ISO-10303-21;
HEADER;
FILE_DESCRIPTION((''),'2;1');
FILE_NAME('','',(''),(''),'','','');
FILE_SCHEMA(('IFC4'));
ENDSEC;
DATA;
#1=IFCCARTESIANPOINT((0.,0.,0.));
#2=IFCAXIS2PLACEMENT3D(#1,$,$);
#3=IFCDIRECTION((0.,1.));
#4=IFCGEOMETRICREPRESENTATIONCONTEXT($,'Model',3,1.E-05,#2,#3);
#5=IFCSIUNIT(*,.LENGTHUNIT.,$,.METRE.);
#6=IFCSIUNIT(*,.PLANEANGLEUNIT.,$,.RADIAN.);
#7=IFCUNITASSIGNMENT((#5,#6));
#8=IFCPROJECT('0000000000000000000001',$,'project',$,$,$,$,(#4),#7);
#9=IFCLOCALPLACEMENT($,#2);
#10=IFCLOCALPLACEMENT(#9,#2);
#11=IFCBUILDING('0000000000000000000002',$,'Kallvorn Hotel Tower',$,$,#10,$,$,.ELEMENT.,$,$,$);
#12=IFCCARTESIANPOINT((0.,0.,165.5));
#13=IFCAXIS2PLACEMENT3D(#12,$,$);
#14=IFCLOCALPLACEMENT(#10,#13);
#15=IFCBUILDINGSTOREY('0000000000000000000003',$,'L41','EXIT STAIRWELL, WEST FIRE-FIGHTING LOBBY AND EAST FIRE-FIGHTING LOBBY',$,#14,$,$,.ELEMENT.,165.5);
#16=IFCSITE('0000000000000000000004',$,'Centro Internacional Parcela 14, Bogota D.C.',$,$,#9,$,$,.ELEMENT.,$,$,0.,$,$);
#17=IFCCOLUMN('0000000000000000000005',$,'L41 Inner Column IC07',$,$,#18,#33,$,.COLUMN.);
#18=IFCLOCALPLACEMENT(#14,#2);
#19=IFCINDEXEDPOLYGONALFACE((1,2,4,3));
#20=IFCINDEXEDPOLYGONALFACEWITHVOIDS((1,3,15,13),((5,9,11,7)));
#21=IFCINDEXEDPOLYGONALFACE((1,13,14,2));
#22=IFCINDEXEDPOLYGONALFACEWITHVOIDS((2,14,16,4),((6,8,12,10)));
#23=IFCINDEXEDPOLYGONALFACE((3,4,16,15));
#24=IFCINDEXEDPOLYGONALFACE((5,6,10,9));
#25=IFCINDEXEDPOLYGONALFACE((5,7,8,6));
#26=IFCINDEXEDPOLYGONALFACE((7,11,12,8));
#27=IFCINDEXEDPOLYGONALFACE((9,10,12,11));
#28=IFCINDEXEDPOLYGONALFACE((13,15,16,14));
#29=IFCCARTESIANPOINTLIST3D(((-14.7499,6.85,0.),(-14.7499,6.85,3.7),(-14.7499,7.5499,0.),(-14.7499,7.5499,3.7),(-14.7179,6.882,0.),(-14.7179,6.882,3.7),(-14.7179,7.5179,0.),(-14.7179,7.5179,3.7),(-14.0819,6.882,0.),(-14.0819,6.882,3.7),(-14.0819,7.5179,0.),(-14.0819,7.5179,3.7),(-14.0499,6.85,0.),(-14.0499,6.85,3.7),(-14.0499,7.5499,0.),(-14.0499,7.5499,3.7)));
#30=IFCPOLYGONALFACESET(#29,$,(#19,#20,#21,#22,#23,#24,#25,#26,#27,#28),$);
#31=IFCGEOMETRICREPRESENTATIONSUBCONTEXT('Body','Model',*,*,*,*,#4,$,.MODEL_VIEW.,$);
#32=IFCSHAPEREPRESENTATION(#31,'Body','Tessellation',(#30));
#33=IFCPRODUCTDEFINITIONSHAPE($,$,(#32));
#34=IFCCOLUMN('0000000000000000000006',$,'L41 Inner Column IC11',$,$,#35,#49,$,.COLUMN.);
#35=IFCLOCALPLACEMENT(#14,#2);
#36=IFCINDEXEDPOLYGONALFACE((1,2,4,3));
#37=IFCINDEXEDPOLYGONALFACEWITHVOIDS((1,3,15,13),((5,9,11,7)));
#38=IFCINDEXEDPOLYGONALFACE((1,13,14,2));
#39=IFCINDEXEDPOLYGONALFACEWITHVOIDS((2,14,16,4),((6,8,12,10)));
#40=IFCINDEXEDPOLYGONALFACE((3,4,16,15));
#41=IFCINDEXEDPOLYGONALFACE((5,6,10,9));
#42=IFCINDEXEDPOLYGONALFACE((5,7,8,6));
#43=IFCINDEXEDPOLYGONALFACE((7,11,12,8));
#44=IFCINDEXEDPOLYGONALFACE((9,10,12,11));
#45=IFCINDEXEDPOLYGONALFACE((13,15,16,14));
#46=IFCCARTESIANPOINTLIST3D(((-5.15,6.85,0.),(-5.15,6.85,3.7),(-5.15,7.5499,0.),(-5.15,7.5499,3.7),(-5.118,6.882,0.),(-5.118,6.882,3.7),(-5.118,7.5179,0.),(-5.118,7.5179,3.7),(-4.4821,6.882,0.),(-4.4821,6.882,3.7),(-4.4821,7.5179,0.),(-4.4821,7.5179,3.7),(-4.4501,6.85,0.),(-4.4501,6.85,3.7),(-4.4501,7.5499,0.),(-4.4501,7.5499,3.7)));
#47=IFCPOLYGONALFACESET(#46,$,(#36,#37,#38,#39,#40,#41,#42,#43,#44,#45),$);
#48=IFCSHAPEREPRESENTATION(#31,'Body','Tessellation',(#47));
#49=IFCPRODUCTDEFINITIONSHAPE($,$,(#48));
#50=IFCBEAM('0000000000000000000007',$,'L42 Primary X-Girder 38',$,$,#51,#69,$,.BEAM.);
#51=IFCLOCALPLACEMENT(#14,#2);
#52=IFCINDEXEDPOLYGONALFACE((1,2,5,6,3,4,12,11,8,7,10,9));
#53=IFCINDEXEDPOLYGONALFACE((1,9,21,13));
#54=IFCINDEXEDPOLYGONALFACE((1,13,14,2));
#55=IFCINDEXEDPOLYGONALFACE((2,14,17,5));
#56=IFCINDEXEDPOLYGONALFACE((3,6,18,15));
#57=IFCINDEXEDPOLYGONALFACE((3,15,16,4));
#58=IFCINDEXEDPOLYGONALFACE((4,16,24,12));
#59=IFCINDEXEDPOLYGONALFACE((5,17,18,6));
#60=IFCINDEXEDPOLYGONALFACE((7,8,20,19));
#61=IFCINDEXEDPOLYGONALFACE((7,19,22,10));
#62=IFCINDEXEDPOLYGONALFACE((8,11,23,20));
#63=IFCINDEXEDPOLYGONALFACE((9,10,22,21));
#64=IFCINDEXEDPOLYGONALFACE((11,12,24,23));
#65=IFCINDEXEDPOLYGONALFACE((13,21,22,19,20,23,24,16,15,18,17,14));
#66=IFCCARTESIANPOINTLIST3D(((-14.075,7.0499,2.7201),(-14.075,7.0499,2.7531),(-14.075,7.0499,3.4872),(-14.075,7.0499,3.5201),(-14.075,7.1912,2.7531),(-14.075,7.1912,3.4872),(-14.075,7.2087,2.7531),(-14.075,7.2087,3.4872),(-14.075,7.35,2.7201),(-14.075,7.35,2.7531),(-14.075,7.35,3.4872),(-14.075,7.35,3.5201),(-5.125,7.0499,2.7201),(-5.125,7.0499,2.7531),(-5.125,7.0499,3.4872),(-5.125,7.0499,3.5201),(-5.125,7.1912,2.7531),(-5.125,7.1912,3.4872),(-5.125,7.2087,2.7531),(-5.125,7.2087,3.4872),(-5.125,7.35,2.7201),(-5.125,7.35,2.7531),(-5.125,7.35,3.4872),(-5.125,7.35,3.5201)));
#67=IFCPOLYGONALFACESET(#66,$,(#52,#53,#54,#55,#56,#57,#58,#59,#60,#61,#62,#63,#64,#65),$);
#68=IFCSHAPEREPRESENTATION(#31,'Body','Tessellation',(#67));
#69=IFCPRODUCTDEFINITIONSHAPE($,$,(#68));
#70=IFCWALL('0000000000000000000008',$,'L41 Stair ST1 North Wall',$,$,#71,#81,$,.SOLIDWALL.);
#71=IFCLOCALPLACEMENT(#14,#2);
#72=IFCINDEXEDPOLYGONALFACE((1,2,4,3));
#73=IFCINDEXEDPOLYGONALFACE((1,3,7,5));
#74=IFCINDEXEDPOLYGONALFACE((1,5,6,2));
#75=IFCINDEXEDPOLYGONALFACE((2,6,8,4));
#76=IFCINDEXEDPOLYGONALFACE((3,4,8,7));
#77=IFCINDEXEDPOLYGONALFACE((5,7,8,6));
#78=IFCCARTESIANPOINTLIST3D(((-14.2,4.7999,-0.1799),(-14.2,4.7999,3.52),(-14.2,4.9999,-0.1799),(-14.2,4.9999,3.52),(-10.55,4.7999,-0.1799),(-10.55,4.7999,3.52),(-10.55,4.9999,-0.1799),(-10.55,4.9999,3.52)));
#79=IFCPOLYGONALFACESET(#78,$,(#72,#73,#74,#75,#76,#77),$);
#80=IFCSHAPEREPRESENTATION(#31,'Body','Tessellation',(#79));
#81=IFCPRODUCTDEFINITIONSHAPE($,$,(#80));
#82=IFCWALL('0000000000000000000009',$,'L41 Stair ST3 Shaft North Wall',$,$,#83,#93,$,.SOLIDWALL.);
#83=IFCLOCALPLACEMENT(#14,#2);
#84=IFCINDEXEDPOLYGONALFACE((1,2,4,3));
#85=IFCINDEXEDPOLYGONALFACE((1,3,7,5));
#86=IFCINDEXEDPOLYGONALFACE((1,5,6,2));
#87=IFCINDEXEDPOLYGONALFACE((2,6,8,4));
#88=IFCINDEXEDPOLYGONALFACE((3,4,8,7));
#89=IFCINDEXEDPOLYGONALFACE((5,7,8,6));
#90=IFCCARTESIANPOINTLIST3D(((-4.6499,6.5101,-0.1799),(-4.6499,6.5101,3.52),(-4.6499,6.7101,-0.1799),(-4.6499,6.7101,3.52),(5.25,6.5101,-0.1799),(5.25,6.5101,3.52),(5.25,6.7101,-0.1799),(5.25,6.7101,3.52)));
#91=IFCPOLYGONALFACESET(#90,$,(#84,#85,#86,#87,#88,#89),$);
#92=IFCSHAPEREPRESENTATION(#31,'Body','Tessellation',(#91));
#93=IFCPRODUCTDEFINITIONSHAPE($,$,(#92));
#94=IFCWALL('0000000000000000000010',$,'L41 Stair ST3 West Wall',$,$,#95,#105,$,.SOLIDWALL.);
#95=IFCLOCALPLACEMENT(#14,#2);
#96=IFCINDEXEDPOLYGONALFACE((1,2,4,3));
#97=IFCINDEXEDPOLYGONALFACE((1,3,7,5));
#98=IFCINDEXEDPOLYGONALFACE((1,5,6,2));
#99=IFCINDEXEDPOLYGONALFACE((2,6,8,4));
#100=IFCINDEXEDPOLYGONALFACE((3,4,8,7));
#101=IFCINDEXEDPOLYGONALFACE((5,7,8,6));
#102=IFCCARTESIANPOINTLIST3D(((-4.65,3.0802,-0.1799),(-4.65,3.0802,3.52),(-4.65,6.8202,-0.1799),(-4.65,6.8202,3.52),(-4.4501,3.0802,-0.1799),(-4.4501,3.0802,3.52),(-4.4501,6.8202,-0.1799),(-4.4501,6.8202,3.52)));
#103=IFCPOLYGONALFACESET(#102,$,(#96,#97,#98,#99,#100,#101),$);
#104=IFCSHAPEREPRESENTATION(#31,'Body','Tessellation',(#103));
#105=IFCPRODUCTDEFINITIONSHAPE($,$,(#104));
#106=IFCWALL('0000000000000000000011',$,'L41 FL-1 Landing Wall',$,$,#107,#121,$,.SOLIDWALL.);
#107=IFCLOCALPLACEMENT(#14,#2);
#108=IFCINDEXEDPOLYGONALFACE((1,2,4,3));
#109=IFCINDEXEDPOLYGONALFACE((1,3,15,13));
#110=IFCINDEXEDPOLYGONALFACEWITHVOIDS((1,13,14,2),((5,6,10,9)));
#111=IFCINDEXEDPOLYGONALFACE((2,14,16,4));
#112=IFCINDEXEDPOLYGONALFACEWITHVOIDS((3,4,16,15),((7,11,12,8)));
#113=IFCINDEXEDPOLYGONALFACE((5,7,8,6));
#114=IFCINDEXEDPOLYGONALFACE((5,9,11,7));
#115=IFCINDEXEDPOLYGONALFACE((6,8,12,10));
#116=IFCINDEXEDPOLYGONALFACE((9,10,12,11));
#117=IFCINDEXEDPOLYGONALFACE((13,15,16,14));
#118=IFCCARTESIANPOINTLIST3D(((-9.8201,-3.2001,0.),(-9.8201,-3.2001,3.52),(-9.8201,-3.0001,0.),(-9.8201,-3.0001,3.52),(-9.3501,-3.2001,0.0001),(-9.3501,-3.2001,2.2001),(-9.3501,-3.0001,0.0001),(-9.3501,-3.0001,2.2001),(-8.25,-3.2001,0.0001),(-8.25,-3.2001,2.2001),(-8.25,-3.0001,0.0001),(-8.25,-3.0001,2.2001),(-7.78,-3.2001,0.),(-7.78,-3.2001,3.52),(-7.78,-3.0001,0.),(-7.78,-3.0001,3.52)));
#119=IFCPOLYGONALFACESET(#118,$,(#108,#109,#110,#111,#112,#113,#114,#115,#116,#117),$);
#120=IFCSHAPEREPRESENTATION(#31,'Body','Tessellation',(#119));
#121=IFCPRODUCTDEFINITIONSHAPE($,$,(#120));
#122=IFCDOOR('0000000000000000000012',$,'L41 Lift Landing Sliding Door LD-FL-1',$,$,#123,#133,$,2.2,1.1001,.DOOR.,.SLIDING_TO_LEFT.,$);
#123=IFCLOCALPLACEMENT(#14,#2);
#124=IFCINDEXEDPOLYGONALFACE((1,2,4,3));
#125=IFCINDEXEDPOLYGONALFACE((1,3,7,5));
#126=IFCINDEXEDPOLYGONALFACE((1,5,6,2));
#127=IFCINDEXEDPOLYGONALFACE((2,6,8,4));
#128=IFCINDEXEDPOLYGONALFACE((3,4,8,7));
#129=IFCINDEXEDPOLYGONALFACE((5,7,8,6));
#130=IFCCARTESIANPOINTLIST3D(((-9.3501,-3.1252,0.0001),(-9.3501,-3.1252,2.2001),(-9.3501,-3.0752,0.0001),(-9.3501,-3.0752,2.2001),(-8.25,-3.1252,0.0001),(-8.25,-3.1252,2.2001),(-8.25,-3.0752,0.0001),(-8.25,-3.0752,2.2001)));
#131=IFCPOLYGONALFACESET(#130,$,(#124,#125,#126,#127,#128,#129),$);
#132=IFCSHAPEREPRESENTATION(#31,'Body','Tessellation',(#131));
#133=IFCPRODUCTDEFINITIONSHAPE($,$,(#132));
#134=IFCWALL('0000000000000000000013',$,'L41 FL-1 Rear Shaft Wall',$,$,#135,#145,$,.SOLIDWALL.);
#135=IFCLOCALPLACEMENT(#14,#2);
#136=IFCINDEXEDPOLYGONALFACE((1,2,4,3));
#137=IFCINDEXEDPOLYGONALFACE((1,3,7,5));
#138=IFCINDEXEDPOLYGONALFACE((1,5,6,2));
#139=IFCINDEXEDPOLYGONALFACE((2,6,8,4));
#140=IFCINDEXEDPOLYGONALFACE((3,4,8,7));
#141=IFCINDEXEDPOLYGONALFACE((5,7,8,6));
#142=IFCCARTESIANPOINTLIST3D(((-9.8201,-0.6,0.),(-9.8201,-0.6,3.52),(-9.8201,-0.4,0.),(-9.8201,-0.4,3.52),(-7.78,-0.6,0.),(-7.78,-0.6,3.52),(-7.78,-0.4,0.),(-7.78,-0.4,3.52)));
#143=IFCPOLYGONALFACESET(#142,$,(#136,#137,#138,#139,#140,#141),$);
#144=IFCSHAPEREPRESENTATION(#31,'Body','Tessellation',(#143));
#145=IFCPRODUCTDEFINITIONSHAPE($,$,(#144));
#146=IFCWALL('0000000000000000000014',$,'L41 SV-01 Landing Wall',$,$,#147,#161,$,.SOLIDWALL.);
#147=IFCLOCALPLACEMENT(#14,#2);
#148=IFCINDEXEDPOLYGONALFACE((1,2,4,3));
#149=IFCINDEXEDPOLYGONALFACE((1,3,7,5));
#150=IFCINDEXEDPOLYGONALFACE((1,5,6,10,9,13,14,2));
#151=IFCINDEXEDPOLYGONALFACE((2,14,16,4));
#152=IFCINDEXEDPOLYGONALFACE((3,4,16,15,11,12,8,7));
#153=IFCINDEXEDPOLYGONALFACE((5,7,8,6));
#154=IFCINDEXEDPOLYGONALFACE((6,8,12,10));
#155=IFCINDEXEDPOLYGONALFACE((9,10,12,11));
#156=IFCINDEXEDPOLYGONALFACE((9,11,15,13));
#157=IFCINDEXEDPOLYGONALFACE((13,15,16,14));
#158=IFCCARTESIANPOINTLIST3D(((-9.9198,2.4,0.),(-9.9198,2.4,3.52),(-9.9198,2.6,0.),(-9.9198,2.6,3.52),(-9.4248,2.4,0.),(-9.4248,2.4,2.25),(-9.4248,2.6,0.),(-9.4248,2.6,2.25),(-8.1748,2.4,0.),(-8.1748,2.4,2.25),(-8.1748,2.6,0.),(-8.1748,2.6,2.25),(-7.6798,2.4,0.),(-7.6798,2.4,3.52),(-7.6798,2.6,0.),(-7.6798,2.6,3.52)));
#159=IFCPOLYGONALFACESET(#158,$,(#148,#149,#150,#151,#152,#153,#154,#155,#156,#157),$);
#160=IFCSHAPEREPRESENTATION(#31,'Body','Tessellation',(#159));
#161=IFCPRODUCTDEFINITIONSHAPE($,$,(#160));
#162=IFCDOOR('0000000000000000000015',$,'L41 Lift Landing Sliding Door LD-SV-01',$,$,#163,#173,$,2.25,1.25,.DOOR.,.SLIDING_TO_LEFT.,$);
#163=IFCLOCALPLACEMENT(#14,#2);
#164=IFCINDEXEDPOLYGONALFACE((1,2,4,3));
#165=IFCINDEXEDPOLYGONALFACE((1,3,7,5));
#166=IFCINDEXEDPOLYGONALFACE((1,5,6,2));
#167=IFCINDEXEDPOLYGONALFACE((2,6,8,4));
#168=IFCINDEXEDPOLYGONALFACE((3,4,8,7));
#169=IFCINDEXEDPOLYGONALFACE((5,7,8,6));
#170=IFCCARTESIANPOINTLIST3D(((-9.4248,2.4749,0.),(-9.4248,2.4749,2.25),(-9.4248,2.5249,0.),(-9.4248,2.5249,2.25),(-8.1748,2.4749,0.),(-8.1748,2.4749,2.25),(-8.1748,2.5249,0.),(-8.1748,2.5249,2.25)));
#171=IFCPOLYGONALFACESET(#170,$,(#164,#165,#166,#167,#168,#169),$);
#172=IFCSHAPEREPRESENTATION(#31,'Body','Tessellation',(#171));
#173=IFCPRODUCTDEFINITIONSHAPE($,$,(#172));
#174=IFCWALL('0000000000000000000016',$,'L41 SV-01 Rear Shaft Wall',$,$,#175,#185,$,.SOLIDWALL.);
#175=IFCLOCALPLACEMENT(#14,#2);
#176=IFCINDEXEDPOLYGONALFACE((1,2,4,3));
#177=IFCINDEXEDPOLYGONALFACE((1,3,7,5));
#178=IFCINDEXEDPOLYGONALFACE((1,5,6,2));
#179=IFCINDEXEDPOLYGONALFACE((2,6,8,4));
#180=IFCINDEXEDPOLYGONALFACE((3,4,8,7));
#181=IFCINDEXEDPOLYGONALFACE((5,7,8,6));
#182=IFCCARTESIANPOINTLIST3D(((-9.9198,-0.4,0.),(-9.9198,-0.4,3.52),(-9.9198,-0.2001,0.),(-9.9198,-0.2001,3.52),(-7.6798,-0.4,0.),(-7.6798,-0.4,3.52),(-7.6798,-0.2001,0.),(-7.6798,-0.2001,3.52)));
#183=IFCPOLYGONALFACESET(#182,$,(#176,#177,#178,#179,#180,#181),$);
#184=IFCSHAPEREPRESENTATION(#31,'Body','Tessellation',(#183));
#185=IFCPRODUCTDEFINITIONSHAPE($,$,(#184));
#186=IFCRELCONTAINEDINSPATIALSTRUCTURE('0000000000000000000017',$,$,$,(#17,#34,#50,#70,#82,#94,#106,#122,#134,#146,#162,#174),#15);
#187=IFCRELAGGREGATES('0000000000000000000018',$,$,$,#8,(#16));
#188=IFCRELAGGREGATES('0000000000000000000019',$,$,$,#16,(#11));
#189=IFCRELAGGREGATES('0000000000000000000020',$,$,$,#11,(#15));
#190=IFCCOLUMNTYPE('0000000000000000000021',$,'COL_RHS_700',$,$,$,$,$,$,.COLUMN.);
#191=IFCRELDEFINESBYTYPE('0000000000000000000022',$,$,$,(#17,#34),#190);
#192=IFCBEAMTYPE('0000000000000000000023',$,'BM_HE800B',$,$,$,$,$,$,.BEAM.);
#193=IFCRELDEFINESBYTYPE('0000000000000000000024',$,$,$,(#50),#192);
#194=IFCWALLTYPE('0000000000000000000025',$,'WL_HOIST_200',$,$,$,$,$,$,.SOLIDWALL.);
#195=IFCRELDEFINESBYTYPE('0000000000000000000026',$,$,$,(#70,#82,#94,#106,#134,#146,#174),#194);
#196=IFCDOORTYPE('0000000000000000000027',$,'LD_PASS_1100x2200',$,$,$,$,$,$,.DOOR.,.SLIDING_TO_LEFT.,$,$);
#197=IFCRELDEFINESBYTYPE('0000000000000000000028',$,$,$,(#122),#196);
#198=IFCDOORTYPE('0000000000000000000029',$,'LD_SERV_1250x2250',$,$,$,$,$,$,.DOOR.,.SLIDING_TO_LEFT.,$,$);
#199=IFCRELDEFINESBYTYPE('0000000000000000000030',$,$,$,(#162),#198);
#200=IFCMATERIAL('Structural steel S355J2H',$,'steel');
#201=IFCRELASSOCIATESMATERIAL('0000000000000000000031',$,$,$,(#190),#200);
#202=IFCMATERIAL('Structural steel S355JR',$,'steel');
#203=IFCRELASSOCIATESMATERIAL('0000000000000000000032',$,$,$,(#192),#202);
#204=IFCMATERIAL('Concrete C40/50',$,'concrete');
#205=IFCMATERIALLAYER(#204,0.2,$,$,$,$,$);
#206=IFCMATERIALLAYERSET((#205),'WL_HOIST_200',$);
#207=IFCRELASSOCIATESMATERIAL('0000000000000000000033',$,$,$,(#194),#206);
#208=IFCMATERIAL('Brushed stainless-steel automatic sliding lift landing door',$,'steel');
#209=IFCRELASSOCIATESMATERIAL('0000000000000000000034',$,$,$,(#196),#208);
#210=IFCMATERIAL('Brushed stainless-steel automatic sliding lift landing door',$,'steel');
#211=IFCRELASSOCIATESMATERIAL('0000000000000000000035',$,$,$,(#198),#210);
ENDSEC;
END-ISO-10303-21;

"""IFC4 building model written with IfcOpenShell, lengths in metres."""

from ifc_helpers import new_model, si_unit, direction, frame, frame_2d, origin, origin_2d, place, context, subcontext, project, spatial, rectangle, hollow_rectangle, i_section, extrude, material, layer, layer_set, material_profile, profile_set, type_object, element, fill, save


model = new_model("IFC4")

# Units and contexts
model_context = context("Model", 3, precision=1e-05, world=origin(), true_north=direction((0.0, 1.0)))
body_context = subcontext(model_context, "Body", "Model", "MODEL_VIEW")
ifc_project = project(units=[si_unit("LENGTHUNIT", "METRE"), si_unit("PLANEANGLEUNIT", "RADIAN")], contexts=[model_context])

# Site, building, storey
site_placement = place(None, origin())
site = spatial("IfcSite", under=ifc_project, at=site_placement, Name="Centro Internacional Parcela 14, Bogota D.C.", CompositionType="ELEMENT", RefElevation=0.0)
building_placement = place(site_placement, origin())
building = spatial("IfcBuilding", under=site, at=building_placement, Name="Kallvorn Hotel Tower", CompositionType="ELEMENT")
storey_placement = place(building_placement, frame((0.0, 0.0, 165.5)))
storey = spatial("IfcBuildingStorey", under=building, at=storey_placement, Name="L41", Description="EXIT STAIRWELL, WEST FIRE-FIGHTING LOBBY AND EAST FIRE-FIGHTING LOBBY", CompositionType="ELEMENT", Elevation=165.5)

# Columns
ifc_material_1 = material(Name="Structural steel S355J2H", Category="steel")
ifc_material_profile_1 = material_profile(ifc_material_1, hollow_rectangle(XDim=0.7, YDim=0.7, WallThickness=0.032, at=origin_2d()), Name="RHS 700x700x32")
ifc_profile_set_1 = profile_set([ifc_material_profile_1], Name="Structural steel S355J2H")
column_type = type_object("IfcColumnType", Name="COL_RHS_700", PredefinedType="COLUMN", material=ifc_profile_set_1)
for number, where, z_axis, x_axis, name in (
    (1, (-14.3999, 7.2, 0.0), (0.0, 0.0, 1.0), (1.0, 0.0, 0.0), "L41 Inner Column IC07"),
    (2, (-4.8, 7.2, 0.0), (0.0, 0.0, 1.0), (1.0, 0.0, 0.0), "L41 Inner Column IC11"),
):
    element("IfcColumn", number, at=place(storey_placement, frame(where, z_axis=z_axis, x_axis=x_axis)), inside=storey, type_object=column_type, Name=name, PredefinedType="COLUMN", context=body_context, shape_type="SweptSolid", body=[
        extrude(hollow_rectangle(XDim=0.7, YDim=0.7, WallThickness=0.032, at=origin_2d()), origin(), (0.0, 0.0, 1.0), 3.7),
    ])

# Beam
ifc_material_2 = material(Name="Structural steel S355JR", Category="steel")
ifc_material_profile_2 = material_profile(ifc_material_2, i_section(OverallWidth=0.3, OverallDepth=0.8, WebThickness=0.0176, FlangeThickness=0.033, at=origin_2d()), Name="HE 800 B")
ifc_profile_set_2 = profile_set([ifc_material_profile_2], Name="Structural steel S355JR")
beam_type = type_object("IfcBeamType", Name="BM_HE800B", PredefinedType="BEAM", material=ifc_profile_set_2)
beam_placement = place(storey_placement, frame((-14.075, 7.2, 3.1201), z_axis=(1.0, 0.0, 0.0), x_axis=(0.0, 1.0, 0.0)))
element("IfcBeam", 3, at=beam_placement, inside=storey, type_object=beam_type, Name="L42 Primary X-Girder 38", PredefinedType="BEAM", context=body_context, shape_type="SweptSolid", body=[
    extrude(i_section(OverallWidth=0.3, OverallDepth=0.8, WebThickness=0.0176, FlangeThickness=0.033, at=origin_2d()), origin(), (0.0, 0.0, 1.0), 8.95),
])

# Walls
ifc_material_3 = material(Name="Concrete C40/50", Category="concrete")
ifc_layer_1 = layer(ifc_material_3, 0.2)
ifc_layer_set_1 = layer_set([ifc_layer_1], Name="WL_HOIST_200")
wall_type_1 = type_object("IfcWallType", Name="WL_HOIST_200", PredefinedType="SOLIDWALL", material=ifc_layer_set_1)
wall_1_placement = place(storey_placement, frame((-14.2, 4.8999, -0.1799), z_axis=(0.0, 0.0, 1.0), x_axis=(1.0, 0.0, 0.0)))
element("IfcWall", 4, at=wall_1_placement, inside=storey, type_object=wall_type_1, Name="L41 Stair ST1 North Wall", PredefinedType="SOLIDWALL", context=body_context, shape_type="SweptSolid", body=[
    extrude(rectangle(XDim=3.6499, YDim=0.2, at=frame_2d((1.825, 0.0))), origin(), (0.0, 0.0, 1.0), 3.7),
])
wall_2_placement = place(storey_placement, frame((-4.6499, 6.6101, -0.1799), z_axis=(0.0, 0.0, 1.0), x_axis=(1.0, 0.0, 0.0)))
element("IfcWall", 5, at=wall_2_placement, inside=storey, type_object=wall_type_1, Name="L41 Stair ST3 Shaft North Wall", PredefinedType="SOLIDWALL", context=body_context, shape_type="SweptSolid", body=[
    extrude(rectangle(XDim=9.8999, YDim=0.2, at=frame_2d((4.95, 0.0))), origin(), (0.0, 0.0, 1.0), 3.7),
])
wall_3_placement = place(storey_placement, frame((-4.55, 3.0801, -0.1799), z_axis=(0.0, 0.0, 1.0), x_axis=(0.0, 1.0, 0.0)))
element("IfcWall", 6, at=wall_3_placement, inside=storey, type_object=wall_type_1, Name="L41 Stair ST3 West Wall", PredefinedType="SOLIDWALL", context=body_context, shape_type="SweptSolid", body=[
    extrude(rectangle(XDim=3.74, YDim=0.2, at=frame_2d((1.8701, 0.0))), origin(), (0.0, 0.0, 1.0), 3.7),
])

# Wall, opening, door
wall_4_placement = place(storey_placement, frame((-9.8201, -3.1001, 0.0), z_axis=(0.0, 0.0, 1.0), x_axis=(1.0, 0.0, 0.0)))
wall_4 = element("IfcWall", 7, at=wall_4_placement, inside=storey, type_object=wall_type_1, Name="L41 FL-1 Landing Wall", PredefinedType="SOLIDWALL", context=body_context, shape_type="SweptSolid", body=[
    extrude(rectangle(XDim=2.04, YDim=0.2, at=frame_2d((1.02, 0.0))), origin(), (0.0, 0.0, 1.0), 3.52),
])
opening_1_placement = place(wall_4_placement, frame((0.47, 0.0, 0.0)))
opening_1 = element("IfcOpeningElement", 8, at=opening_1_placement, cuts=wall_4, PredefinedType="OPENING", context=body_context, shape_type="SweptSolid", body=[
    extrude(rectangle(XDim=1.1001, YDim=2.2, at=frame_2d((0.55, 1.1001))), frame((0.0, 0.115, 0.0), z_axis=(0.0, -1.0, 0.0), x_axis=(1.0, 0.0, 0.0)), (0.0, 0.0, 1.0), 0.23),
])
ifc_material_4 = material(Name="Brushed stainless-steel automatic sliding lift landing door", Category="steel")
door_type_1 = type_object("IfcDoorType", Name="LD_PASS_1100x2200", OperationType="SLIDING_TO_LEFT", PredefinedType="DOOR", material=ifc_material_4)
door_1_placement = place(opening_1_placement, origin())
door_1 = element("IfcDoor", 9, at=door_1_placement, inside=storey, type_object=door_type_1, Name="L41 Lift Landing Sliding Door LD-FL-1", OperationType="SLIDING_TO_LEFT", OverallHeight=2.2, OverallWidth=1.1001, PredefinedType="DOOR", context=body_context, shape_type="SweptSolid", body=[
    extrude(rectangle(XDim=1.1001, YDim=2.2, at=frame_2d((0.55, 1.1001))), frame((0.0, 0.0249, 0.0), z_axis=(0.0, -1.0, 0.0), x_axis=(1.0, 0.0, 0.0)), (0.0, 0.0, 1.0), 0.05),
])
fill(opening_1, door_1)

# Wall
wall_5_placement = place(storey_placement, frame((-9.8201, -0.5, 0.0), z_axis=(0.0, 0.0, 1.0), x_axis=(1.0, 0.0, 0.0)))
element("IfcWall", 10, at=wall_5_placement, inside=storey, type_object=wall_type_1, Name="L41 FL-1 Rear Shaft Wall", PredefinedType="SOLIDWALL", context=body_context, shape_type="SweptSolid", body=[
    extrude(rectangle(XDim=2.04, YDim=0.2, at=frame_2d((1.02, 0.0))), origin(), (0.0, 0.0, 1.0), 3.52),
])

# Wall, opening, door
wall_6_placement = place(storey_placement, frame((-9.9199, 2.5, 0.0), z_axis=(0.0, 0.0, 1.0), x_axis=(1.0, 0.0, 0.0)))
wall_6 = element("IfcWall", 11, at=wall_6_placement, inside=storey, type_object=wall_type_1, Name="L41 SV-01 Landing Wall", PredefinedType="SOLIDWALL", context=body_context, shape_type="SweptSolid", body=[
    extrude(rectangle(XDim=2.24, YDim=0.2, at=frame_2d((1.1201, 0.0))), origin(), (0.0, 0.0, 1.0), 3.52),
])
opening_2_placement = place(wall_6_placement, frame((0.4951, 0.0, 0.0)))
opening_2 = element("IfcOpeningElement", 12, at=opening_2_placement, cuts=wall_6, PredefinedType="OPENING", context=body_context, shape_type="SweptSolid", body=[
    extrude(rectangle(XDim=1.25, YDim=2.25, at=frame_2d((0.625, 1.125))), frame((0.0, 0.115, 0.0), z_axis=(0.0, -1.0, 0.0), x_axis=(1.0, 0.0, 0.0)), (0.0, 0.0, 1.0), 0.23),
])
ifc_material_5 = material(Name="Brushed stainless-steel automatic sliding lift landing door", Category="steel")
door_type_2 = type_object("IfcDoorType", Name="LD_SERV_1250x2250", OperationType="SLIDING_TO_LEFT", PredefinedType="DOOR", material=ifc_material_5)
door_2_placement = place(opening_2_placement, origin())
door_2 = element("IfcDoor", 13, at=door_2_placement, inside=storey, type_object=door_type_2, Name="L41 Lift Landing Sliding Door LD-SV-01", OperationType="SLIDING_TO_LEFT", OverallHeight=2.25, OverallWidth=1.25, PredefinedType="DOOR", context=body_context, shape_type="SweptSolid", body=[
    extrude(rectangle(XDim=1.25, YDim=2.25, at=frame_2d((0.625, 1.125))), frame((0.0, 0.0249, 0.0), z_axis=(0.0, -1.0, 0.0), x_axis=(1.0, 0.0, 0.0)), (0.0, 0.0, 1.0), 0.05),
])
fill(opening_2, door_2)

# Wall
wall_7_placement = place(storey_placement, frame((-9.9199, -0.3, 0.0), z_axis=(0.0, 0.0, 1.0), x_axis=(1.0, 0.0, 0.0)))
element("IfcWall", 14, at=wall_7_placement, inside=storey, type_object=wall_type_1, Name="L41 SV-01 Rear Shaft Wall", PredefinedType="SOLIDWALL", context=body_context, shape_type="SweptSolid", body=[
    extrude(rectangle(XDim=2.24, YDim=0.2, at=frame_2d((1.1201, 0.0))), origin(), (0.0, 0.0, 1.0), 3.52),
])

save(model, "model.ifc")
